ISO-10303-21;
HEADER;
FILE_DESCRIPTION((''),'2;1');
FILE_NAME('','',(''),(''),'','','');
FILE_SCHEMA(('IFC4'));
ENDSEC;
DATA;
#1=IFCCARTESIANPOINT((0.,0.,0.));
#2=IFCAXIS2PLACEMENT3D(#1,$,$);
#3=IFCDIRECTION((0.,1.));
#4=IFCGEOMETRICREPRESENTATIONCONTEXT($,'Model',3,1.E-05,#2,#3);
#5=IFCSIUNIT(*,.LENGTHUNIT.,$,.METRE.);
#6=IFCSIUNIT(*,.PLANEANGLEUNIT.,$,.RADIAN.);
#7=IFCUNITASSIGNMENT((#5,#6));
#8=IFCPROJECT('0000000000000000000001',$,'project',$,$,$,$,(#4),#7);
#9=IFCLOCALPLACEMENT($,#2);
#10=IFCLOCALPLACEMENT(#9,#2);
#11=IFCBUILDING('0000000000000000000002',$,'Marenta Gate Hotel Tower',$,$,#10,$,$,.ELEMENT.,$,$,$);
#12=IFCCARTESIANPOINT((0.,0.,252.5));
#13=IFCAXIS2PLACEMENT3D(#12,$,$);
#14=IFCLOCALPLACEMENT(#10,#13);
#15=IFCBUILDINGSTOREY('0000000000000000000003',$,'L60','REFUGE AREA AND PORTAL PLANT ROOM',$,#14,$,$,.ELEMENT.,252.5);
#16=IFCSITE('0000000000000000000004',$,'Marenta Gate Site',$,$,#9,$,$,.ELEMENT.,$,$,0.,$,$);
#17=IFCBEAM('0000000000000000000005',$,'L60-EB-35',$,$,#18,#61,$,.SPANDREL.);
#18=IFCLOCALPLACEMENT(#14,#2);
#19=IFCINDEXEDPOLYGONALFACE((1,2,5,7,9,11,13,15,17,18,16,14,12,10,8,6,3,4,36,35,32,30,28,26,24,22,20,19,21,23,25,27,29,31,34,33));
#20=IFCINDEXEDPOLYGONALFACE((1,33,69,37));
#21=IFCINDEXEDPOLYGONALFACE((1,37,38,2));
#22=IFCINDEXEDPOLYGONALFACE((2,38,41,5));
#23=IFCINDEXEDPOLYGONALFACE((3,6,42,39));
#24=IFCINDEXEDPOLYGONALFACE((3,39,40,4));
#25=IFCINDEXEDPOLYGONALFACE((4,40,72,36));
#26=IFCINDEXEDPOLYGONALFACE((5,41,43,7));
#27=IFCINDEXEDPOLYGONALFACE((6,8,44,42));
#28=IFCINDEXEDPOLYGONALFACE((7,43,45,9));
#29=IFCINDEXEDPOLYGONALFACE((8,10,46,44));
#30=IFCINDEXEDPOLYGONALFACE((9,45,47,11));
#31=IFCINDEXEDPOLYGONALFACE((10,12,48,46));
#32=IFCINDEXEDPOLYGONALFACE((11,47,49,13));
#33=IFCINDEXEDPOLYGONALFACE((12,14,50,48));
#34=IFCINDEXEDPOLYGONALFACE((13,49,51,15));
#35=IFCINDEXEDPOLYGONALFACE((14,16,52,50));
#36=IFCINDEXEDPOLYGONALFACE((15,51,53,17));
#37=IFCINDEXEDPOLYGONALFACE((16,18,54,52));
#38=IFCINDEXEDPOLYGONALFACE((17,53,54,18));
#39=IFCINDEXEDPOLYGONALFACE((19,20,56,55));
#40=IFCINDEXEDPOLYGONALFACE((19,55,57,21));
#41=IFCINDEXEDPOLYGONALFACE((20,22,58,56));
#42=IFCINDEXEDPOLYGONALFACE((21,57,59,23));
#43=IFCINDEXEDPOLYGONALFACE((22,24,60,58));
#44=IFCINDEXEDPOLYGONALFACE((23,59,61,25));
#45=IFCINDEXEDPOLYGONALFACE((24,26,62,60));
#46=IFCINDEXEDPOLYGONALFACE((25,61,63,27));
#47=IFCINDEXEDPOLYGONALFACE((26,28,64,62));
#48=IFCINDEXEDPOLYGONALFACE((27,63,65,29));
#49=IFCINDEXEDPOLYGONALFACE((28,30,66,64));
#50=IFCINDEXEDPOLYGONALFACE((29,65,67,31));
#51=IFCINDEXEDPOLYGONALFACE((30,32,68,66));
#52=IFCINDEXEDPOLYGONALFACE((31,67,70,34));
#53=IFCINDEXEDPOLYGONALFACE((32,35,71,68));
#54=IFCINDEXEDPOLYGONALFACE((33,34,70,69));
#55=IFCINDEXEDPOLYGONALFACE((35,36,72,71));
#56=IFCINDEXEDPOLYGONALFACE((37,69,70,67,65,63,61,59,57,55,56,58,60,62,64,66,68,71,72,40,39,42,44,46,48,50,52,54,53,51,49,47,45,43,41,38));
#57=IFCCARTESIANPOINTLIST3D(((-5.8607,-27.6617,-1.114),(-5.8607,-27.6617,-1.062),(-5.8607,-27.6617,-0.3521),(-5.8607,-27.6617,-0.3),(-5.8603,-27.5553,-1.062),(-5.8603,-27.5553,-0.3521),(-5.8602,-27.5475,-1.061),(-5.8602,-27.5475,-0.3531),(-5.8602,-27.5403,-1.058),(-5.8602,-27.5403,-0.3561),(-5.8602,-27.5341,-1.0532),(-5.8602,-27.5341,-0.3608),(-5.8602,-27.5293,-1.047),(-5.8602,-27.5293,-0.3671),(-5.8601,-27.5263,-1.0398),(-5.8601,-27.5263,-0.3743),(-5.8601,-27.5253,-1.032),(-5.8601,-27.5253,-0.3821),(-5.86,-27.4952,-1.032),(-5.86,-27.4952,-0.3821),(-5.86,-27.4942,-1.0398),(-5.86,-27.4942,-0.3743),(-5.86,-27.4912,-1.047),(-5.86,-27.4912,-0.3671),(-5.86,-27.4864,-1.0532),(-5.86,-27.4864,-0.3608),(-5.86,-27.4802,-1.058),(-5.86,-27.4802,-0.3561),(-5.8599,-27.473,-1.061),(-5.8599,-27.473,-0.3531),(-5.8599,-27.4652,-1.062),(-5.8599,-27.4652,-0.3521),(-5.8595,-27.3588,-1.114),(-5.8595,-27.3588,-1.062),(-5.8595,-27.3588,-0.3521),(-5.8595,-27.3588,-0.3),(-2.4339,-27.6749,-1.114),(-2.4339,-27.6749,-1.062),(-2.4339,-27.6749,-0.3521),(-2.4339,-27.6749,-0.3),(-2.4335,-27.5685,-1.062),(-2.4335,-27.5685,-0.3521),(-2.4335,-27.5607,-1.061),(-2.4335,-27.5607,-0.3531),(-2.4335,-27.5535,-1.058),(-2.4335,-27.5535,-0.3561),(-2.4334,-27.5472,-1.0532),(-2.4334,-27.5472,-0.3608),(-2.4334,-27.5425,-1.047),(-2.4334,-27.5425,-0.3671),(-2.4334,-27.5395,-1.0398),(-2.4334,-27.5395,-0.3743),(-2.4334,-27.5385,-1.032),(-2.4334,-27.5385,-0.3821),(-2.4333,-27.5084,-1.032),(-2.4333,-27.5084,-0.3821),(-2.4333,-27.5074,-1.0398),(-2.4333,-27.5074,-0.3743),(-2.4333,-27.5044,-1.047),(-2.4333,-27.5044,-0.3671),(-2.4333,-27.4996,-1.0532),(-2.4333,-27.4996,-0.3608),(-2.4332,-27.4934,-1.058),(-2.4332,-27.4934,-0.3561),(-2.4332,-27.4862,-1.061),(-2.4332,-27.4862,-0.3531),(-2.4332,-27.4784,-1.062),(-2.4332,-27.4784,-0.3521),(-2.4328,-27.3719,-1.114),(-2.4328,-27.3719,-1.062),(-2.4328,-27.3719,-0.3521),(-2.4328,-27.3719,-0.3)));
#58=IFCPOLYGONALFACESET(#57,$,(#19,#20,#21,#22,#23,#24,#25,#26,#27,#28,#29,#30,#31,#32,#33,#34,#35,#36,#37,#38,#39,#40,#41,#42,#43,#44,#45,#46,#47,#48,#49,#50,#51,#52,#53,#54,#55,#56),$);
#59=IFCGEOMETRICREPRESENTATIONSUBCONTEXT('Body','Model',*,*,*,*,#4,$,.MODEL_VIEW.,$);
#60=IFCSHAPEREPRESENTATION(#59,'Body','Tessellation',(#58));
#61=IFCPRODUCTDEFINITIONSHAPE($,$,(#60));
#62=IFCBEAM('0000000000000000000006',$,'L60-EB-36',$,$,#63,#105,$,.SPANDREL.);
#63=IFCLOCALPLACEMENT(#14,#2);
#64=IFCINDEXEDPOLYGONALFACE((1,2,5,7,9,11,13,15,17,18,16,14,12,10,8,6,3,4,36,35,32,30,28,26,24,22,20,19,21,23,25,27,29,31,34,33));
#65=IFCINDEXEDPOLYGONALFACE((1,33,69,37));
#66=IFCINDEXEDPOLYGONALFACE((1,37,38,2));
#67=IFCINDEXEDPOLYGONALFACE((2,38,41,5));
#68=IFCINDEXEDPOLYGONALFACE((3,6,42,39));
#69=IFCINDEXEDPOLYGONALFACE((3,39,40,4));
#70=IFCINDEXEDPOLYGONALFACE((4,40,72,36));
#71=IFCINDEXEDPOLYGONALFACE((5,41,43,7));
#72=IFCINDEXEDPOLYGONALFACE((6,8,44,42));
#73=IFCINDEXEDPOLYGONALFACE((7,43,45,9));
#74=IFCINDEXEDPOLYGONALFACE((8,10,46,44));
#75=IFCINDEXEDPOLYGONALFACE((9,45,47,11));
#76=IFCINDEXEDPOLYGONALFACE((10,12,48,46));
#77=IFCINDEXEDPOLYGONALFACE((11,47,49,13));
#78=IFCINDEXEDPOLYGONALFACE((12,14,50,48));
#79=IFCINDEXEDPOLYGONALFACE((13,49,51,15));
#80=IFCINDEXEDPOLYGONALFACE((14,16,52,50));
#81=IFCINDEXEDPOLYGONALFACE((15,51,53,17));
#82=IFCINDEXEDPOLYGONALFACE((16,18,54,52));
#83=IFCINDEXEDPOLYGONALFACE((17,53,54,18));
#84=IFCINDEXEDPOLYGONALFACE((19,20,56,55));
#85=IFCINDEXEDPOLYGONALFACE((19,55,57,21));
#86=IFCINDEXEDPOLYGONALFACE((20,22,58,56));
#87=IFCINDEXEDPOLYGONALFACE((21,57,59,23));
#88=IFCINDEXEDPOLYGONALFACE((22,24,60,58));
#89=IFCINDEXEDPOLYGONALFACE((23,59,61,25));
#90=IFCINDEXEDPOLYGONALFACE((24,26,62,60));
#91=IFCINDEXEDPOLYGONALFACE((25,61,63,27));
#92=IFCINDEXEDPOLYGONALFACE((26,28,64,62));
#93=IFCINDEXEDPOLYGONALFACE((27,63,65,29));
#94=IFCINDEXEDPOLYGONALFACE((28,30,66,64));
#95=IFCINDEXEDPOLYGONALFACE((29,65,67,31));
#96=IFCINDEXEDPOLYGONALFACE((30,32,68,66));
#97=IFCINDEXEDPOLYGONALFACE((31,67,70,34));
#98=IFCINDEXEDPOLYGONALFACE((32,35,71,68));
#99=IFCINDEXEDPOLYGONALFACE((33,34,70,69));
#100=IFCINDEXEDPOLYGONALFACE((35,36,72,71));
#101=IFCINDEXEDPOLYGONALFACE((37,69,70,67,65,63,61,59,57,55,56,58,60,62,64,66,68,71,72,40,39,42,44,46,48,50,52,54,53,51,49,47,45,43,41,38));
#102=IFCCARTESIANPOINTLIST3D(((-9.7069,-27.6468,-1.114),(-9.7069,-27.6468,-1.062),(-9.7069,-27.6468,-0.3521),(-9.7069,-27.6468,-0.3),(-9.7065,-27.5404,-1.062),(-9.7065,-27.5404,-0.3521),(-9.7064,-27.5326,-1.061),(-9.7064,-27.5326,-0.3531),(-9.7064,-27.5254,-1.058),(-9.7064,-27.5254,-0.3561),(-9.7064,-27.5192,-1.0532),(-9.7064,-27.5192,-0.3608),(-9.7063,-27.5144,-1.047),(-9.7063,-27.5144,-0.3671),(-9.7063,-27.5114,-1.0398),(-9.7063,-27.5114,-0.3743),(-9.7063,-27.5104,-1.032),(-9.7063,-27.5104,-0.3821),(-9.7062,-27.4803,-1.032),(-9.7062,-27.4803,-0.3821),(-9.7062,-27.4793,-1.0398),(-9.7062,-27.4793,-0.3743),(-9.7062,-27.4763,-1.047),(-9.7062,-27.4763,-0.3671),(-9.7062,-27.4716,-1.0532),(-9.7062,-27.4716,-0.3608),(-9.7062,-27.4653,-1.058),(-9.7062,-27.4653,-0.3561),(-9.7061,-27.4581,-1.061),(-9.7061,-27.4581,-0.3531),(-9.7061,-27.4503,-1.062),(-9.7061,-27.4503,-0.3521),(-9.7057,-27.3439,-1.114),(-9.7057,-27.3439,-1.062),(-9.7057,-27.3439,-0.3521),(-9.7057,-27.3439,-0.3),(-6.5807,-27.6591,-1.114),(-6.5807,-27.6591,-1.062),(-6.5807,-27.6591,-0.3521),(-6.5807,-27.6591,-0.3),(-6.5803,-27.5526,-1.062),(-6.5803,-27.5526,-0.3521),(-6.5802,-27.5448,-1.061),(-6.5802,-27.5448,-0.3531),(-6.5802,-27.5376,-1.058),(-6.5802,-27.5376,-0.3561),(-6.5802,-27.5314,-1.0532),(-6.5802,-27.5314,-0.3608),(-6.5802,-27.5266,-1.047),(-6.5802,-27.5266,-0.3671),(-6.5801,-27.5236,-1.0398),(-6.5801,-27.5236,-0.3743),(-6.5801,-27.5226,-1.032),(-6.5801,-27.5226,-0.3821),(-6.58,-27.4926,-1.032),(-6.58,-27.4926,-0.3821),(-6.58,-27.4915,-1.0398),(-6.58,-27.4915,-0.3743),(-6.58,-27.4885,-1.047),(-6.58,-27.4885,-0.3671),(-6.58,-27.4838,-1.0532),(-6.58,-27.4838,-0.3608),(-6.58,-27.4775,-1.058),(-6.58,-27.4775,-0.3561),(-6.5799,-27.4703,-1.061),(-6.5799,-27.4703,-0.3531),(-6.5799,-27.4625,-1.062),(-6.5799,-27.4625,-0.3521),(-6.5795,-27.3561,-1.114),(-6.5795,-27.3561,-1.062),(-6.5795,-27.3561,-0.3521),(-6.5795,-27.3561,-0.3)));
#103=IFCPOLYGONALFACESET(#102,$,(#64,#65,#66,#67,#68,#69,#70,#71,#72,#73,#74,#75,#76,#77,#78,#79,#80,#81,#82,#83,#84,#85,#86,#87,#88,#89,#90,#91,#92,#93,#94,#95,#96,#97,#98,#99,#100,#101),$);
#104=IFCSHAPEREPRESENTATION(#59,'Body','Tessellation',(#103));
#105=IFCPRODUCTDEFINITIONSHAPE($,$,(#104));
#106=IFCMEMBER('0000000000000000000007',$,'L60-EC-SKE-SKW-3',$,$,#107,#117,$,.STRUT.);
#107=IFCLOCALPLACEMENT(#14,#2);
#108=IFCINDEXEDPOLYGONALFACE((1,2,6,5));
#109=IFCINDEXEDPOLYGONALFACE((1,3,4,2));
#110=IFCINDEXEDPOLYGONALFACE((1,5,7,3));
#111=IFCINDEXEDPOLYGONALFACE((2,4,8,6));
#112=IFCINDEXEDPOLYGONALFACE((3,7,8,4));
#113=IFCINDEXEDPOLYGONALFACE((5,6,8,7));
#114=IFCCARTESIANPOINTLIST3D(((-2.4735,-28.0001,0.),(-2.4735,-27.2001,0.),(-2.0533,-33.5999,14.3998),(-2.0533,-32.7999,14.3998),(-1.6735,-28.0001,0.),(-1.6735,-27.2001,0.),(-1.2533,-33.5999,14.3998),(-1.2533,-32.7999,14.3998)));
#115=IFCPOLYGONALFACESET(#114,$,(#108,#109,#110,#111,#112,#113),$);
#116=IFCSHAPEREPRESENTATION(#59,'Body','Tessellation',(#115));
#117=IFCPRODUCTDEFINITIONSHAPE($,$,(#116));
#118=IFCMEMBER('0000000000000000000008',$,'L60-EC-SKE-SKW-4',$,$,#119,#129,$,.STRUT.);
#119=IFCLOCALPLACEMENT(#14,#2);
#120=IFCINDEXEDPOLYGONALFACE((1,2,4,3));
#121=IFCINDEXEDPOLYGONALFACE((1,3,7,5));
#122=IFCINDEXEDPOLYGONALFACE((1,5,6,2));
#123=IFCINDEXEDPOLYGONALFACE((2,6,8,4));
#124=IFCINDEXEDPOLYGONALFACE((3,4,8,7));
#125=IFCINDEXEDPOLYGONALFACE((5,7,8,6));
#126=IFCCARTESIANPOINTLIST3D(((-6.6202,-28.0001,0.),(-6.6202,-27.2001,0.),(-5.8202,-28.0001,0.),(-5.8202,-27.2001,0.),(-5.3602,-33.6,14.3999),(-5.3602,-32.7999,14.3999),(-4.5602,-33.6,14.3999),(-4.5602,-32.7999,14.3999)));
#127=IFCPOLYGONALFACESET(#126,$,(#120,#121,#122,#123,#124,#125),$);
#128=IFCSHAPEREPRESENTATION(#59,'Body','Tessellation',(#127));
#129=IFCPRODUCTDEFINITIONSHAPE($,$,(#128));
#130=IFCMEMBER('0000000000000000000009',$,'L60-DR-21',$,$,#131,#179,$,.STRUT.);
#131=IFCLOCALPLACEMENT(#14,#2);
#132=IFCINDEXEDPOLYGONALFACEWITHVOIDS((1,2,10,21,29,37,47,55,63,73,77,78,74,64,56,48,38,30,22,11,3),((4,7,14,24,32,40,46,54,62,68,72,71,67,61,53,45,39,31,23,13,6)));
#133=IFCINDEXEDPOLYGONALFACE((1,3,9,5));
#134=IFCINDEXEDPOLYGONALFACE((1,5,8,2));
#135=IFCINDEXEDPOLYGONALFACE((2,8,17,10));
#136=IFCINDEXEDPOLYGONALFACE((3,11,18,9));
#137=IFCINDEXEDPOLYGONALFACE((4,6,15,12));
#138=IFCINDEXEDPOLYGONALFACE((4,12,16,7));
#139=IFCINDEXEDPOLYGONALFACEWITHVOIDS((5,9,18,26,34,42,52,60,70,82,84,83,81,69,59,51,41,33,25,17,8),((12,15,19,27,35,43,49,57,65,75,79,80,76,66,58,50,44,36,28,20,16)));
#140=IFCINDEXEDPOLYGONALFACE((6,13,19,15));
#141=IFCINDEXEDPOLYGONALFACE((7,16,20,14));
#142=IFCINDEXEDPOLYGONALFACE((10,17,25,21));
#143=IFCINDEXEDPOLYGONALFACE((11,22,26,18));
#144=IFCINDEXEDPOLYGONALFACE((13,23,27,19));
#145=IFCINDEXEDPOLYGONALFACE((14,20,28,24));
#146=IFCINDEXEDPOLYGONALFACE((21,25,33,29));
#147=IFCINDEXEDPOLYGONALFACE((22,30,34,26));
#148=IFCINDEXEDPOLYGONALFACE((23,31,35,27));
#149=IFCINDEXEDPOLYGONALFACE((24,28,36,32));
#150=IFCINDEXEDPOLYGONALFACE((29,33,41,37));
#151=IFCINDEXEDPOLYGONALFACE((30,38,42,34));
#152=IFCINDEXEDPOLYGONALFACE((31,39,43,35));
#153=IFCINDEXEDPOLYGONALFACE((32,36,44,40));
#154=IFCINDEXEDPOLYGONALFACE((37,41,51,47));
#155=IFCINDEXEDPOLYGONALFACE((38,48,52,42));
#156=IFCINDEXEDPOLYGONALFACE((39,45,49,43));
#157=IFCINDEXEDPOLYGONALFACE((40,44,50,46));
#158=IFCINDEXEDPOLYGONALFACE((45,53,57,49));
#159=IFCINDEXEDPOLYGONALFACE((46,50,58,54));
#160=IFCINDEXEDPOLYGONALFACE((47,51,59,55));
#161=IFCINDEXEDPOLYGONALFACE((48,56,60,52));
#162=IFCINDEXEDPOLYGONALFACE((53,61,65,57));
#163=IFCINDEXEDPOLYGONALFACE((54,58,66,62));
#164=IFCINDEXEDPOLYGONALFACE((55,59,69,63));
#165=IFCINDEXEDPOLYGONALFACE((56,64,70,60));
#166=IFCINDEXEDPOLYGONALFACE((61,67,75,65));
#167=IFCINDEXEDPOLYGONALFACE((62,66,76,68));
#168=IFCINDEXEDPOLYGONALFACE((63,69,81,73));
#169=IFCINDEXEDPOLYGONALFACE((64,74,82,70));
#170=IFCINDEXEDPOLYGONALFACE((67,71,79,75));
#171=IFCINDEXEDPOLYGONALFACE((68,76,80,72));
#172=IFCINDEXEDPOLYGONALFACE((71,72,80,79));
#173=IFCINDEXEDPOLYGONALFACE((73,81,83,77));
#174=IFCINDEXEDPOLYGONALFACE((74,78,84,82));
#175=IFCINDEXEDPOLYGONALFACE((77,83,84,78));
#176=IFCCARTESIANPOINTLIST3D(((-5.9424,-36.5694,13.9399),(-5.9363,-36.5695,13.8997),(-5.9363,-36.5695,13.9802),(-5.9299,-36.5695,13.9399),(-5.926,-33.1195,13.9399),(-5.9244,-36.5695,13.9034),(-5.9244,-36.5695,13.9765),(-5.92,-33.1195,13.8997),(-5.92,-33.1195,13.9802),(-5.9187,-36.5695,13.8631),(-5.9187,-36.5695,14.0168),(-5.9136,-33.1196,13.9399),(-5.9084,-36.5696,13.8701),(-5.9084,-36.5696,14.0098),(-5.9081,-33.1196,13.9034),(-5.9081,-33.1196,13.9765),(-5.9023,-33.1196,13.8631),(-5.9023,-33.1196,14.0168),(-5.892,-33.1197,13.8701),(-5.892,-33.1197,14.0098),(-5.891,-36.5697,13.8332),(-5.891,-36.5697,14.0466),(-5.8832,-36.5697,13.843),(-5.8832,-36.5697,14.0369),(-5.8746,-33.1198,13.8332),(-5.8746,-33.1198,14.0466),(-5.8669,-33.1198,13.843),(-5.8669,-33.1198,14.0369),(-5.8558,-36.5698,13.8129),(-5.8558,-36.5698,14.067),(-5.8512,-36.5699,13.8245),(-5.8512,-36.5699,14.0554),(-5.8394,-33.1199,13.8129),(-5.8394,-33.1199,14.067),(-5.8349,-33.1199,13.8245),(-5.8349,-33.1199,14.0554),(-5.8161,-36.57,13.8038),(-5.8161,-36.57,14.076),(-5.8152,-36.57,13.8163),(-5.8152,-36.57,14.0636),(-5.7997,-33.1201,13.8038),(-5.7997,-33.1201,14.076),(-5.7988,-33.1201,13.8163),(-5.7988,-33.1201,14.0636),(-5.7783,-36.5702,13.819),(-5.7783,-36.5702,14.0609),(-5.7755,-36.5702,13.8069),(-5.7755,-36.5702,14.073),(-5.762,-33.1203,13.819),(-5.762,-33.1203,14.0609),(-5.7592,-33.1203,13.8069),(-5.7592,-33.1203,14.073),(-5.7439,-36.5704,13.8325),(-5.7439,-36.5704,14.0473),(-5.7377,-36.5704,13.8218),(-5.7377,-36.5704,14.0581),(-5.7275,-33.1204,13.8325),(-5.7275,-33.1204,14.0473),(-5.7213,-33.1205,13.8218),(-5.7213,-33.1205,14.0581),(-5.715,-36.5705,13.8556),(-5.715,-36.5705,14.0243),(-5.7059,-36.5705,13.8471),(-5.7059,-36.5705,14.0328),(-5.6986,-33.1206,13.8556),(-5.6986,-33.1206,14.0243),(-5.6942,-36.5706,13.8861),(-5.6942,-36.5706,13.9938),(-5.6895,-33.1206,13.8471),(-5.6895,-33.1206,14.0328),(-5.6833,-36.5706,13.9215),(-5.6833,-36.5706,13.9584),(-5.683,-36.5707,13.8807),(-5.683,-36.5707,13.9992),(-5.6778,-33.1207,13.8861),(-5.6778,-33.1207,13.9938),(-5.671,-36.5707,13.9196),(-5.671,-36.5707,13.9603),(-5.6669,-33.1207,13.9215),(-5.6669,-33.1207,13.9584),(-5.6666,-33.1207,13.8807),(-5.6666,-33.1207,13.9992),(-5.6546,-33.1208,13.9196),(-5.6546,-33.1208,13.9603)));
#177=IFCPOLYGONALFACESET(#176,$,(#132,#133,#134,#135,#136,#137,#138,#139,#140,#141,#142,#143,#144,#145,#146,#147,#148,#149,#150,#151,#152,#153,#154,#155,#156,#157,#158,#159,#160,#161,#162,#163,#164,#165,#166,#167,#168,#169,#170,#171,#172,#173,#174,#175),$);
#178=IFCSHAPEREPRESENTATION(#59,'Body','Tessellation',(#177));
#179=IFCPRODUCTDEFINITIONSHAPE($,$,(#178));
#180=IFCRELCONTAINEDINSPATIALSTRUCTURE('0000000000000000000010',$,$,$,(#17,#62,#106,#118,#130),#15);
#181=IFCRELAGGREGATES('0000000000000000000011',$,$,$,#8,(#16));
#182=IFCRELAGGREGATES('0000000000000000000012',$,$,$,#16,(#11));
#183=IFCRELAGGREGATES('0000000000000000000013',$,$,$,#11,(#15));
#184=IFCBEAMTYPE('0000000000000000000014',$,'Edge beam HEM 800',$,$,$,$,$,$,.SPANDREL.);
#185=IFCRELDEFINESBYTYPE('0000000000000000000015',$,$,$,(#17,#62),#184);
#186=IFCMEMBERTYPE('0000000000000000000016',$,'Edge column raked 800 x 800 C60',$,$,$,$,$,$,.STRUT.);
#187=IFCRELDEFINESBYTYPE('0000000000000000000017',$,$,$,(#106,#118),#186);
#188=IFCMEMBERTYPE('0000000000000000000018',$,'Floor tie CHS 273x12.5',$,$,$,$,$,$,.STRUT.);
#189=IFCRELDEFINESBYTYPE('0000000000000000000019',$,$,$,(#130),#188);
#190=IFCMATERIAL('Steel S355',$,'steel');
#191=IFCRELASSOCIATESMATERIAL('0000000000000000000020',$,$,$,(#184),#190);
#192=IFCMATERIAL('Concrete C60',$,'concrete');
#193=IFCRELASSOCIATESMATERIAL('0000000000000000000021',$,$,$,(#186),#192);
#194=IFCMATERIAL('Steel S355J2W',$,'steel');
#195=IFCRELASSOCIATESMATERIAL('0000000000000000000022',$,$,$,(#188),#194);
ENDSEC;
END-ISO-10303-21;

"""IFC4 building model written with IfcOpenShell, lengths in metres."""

from ifc_helpers import new_model, si_unit, direction, frame, origin, origin_2d, place, context, subcontext, project, spatial, rectangle, hollow_circle, i_section, extrude, material, material_profile, profile_set, type_object, element, save


model = new_model("IFC4")

# Units and contexts
model_context = context("Model", 3, precision=1e-05, world=origin(), true_north=direction((0.0, 1.0)))
body_context = subcontext(model_context, "Body", "Model", "MODEL_VIEW")
ifc_project = project(units=[si_unit("LENGTHUNIT", "METRE"), si_unit("PLANEANGLEUNIT", "RADIAN")], contexts=[model_context])

# Site, building, storey
site_placement = place(None, origin())
site = spatial("IfcSite", under=ifc_project, at=site_placement, Name="Marenta Gate Site", CompositionType="ELEMENT", RefElevation=0.0)
building_placement = place(site_placement, origin())
building = spatial("IfcBuilding", under=site, at=building_placement, Name="Marenta Gate Hotel Tower", CompositionType="ELEMENT")
storey_placement = place(building_placement, frame((0.0, 0.0, 252.5)))
storey = spatial("IfcBuildingStorey", under=building, at=storey_placement, Name="L60", Description="REFUGE AREA AND PORTAL PLANT ROOM", CompositionType="ELEMENT", Elevation=252.5)

# Beams
ifc_material_1 = material(Name="Steel S355", Category="steel")
ifc_material_profile_1 = material_profile(ifc_material_1, i_section(OverallWidth=0.303, OverallDepth=0.814, WebThickness=0.03, FlangeThickness=0.052, FilletRadius=0.03, at=origin_2d()), Name="HEM 800")
ifc_profile_set_1 = profile_set([ifc_material_profile_1], Name="Steel S355")
beam_type_1 = type_object("IfcBeamType", Name="Edge beam HEM 800", PredefinedType="SPANDREL", material=ifc_profile_set_1)
beam_1_placement = place(storey_placement, frame((-2.4333, -27.5234, -0.707), z_axis=(-0.999993, 0.003847, 0.0), x_axis=(-0.003847, -0.999993, 0.0)))
element("IfcBeam", 1, at=beam_1_placement, inside=storey, type_object=beam_type_1, Name="L60-EB-35", PredefinedType="SPANDREL", context=body_context, shape_type="SweptSolid", body=[
    extrude(i_section(OverallWidth=0.303, OverallDepth=0.814, WebThickness=0.03, FlangeThickness=0.052, FilletRadius=0.03, at=origin_2d()), origin(), (0.0, 0.0, 1.0), 3.4268),
])
beam_2_placement = place(storey_placement, frame((-6.5801, -27.5076, -0.707), z_axis=(-0.999992, 0.003905, 0.0), x_axis=(-0.003905, -0.999992, 0.0)))
element("IfcBeam", 2, at=beam_2_placement, inside=storey, type_object=beam_type_1, Name="L60-EB-36", PredefinedType="SPANDREL", context=body_context, shape_type="SweptSolid", body=[
    extrude(i_section(OverallWidth=0.303, OverallDepth=0.814, WebThickness=0.03, FlangeThickness=0.052, FilletRadius=0.03, at=origin_2d()), origin(), (0.0, 0.0, 1.0), 3.1262),
])

# Members
ifc_material_2 = material(Name="Concrete C60", Category="concrete")
ifc_material_profile_2 = material_profile(ifc_material_2, rectangle(XDim=0.8, YDim=0.8, at=origin_2d()), Name="800 x 800")
ifc_profile_set_2 = profile_set([ifc_material_profile_2], Name="Concrete C60")
member_type_1 = type_object("IfcMemberType", Name="Edge column raked 800 x 800 C60", PredefinedType="STRUT", material=ifc_profile_set_2)
member_1_placement = place(storey_placement, frame((-2.0735, -27.6001, 0.0), z_axis=(0.0, 0.0, 1.0), x_axis=(1.0, 0.0, 0.0)))
element("IfcMember", 3, at=member_1_placement, inside=storey, type_object=member_type_1, Name="L60-EC-SKE-SKW-3", PredefinedType="STRUT", context=body_context, shape_type="SweptSolid", body=[
    extrude(rectangle(XDim=0.8, YDim=0.8, at=origin_2d()), origin(), (0.027184, -0.362306, 0.931663), 15.4561),
])
member_2_placement = place(storey_placement, frame((-6.2202, -27.6001, 0.0), z_axis=(0.0, 0.0, 1.0), x_axis=(1.0, 0.0, 0.0)))
element("IfcMember", 4, at=member_2_placement, inside=storey, type_object=member_type_1, Name="L60-EC-SKE-SKW-4", PredefinedType="STRUT", context=body_context, shape_type="SweptSolid", body=[
    extrude(rectangle(XDim=0.8, YDim=0.8, at=origin_2d()), origin(), (0.081282, -0.361241, 0.928923), 15.5017),
])
ifc_material_3 = material(Name="Steel S355J2W", Category="steel")
ifc_material_profile_3 = material_profile(ifc_material_3, hollow_circle(Radius=0.1365, WallThickness=0.0125, at=origin_2d()), Name="CHS 273x12.5")
ifc_profile_set_3 = profile_set([ifc_material_profile_3], Name="Steel S355J2W")
member_type_2 = type_object("IfcMemberType", Name="Floor tie CHS 273x12.5", PredefinedType="STRUT", material=ifc_profile_set_3)
member_3_placement = place(storey_placement, frame((-5.8059, -36.5701, 13.9399), z_axis=(0.004741, 0.999989, 0.0), x_axis=(-0.999989, 0.004741, 0.0)))
element("IfcMember", 5, at=member_3_placement, inside=storey, type_object=member_type_2, Name="L60-DR-21", PredefinedType="STRUT", context=body_context, shape_type="SweptSolid", body=[
    extrude(hollow_circle(Radius=0.1365, WallThickness=0.0125, at=origin_2d()), origin(), (0.0, 0.0, 1.0), 3.45),
])

save(model, "model.ifc")
